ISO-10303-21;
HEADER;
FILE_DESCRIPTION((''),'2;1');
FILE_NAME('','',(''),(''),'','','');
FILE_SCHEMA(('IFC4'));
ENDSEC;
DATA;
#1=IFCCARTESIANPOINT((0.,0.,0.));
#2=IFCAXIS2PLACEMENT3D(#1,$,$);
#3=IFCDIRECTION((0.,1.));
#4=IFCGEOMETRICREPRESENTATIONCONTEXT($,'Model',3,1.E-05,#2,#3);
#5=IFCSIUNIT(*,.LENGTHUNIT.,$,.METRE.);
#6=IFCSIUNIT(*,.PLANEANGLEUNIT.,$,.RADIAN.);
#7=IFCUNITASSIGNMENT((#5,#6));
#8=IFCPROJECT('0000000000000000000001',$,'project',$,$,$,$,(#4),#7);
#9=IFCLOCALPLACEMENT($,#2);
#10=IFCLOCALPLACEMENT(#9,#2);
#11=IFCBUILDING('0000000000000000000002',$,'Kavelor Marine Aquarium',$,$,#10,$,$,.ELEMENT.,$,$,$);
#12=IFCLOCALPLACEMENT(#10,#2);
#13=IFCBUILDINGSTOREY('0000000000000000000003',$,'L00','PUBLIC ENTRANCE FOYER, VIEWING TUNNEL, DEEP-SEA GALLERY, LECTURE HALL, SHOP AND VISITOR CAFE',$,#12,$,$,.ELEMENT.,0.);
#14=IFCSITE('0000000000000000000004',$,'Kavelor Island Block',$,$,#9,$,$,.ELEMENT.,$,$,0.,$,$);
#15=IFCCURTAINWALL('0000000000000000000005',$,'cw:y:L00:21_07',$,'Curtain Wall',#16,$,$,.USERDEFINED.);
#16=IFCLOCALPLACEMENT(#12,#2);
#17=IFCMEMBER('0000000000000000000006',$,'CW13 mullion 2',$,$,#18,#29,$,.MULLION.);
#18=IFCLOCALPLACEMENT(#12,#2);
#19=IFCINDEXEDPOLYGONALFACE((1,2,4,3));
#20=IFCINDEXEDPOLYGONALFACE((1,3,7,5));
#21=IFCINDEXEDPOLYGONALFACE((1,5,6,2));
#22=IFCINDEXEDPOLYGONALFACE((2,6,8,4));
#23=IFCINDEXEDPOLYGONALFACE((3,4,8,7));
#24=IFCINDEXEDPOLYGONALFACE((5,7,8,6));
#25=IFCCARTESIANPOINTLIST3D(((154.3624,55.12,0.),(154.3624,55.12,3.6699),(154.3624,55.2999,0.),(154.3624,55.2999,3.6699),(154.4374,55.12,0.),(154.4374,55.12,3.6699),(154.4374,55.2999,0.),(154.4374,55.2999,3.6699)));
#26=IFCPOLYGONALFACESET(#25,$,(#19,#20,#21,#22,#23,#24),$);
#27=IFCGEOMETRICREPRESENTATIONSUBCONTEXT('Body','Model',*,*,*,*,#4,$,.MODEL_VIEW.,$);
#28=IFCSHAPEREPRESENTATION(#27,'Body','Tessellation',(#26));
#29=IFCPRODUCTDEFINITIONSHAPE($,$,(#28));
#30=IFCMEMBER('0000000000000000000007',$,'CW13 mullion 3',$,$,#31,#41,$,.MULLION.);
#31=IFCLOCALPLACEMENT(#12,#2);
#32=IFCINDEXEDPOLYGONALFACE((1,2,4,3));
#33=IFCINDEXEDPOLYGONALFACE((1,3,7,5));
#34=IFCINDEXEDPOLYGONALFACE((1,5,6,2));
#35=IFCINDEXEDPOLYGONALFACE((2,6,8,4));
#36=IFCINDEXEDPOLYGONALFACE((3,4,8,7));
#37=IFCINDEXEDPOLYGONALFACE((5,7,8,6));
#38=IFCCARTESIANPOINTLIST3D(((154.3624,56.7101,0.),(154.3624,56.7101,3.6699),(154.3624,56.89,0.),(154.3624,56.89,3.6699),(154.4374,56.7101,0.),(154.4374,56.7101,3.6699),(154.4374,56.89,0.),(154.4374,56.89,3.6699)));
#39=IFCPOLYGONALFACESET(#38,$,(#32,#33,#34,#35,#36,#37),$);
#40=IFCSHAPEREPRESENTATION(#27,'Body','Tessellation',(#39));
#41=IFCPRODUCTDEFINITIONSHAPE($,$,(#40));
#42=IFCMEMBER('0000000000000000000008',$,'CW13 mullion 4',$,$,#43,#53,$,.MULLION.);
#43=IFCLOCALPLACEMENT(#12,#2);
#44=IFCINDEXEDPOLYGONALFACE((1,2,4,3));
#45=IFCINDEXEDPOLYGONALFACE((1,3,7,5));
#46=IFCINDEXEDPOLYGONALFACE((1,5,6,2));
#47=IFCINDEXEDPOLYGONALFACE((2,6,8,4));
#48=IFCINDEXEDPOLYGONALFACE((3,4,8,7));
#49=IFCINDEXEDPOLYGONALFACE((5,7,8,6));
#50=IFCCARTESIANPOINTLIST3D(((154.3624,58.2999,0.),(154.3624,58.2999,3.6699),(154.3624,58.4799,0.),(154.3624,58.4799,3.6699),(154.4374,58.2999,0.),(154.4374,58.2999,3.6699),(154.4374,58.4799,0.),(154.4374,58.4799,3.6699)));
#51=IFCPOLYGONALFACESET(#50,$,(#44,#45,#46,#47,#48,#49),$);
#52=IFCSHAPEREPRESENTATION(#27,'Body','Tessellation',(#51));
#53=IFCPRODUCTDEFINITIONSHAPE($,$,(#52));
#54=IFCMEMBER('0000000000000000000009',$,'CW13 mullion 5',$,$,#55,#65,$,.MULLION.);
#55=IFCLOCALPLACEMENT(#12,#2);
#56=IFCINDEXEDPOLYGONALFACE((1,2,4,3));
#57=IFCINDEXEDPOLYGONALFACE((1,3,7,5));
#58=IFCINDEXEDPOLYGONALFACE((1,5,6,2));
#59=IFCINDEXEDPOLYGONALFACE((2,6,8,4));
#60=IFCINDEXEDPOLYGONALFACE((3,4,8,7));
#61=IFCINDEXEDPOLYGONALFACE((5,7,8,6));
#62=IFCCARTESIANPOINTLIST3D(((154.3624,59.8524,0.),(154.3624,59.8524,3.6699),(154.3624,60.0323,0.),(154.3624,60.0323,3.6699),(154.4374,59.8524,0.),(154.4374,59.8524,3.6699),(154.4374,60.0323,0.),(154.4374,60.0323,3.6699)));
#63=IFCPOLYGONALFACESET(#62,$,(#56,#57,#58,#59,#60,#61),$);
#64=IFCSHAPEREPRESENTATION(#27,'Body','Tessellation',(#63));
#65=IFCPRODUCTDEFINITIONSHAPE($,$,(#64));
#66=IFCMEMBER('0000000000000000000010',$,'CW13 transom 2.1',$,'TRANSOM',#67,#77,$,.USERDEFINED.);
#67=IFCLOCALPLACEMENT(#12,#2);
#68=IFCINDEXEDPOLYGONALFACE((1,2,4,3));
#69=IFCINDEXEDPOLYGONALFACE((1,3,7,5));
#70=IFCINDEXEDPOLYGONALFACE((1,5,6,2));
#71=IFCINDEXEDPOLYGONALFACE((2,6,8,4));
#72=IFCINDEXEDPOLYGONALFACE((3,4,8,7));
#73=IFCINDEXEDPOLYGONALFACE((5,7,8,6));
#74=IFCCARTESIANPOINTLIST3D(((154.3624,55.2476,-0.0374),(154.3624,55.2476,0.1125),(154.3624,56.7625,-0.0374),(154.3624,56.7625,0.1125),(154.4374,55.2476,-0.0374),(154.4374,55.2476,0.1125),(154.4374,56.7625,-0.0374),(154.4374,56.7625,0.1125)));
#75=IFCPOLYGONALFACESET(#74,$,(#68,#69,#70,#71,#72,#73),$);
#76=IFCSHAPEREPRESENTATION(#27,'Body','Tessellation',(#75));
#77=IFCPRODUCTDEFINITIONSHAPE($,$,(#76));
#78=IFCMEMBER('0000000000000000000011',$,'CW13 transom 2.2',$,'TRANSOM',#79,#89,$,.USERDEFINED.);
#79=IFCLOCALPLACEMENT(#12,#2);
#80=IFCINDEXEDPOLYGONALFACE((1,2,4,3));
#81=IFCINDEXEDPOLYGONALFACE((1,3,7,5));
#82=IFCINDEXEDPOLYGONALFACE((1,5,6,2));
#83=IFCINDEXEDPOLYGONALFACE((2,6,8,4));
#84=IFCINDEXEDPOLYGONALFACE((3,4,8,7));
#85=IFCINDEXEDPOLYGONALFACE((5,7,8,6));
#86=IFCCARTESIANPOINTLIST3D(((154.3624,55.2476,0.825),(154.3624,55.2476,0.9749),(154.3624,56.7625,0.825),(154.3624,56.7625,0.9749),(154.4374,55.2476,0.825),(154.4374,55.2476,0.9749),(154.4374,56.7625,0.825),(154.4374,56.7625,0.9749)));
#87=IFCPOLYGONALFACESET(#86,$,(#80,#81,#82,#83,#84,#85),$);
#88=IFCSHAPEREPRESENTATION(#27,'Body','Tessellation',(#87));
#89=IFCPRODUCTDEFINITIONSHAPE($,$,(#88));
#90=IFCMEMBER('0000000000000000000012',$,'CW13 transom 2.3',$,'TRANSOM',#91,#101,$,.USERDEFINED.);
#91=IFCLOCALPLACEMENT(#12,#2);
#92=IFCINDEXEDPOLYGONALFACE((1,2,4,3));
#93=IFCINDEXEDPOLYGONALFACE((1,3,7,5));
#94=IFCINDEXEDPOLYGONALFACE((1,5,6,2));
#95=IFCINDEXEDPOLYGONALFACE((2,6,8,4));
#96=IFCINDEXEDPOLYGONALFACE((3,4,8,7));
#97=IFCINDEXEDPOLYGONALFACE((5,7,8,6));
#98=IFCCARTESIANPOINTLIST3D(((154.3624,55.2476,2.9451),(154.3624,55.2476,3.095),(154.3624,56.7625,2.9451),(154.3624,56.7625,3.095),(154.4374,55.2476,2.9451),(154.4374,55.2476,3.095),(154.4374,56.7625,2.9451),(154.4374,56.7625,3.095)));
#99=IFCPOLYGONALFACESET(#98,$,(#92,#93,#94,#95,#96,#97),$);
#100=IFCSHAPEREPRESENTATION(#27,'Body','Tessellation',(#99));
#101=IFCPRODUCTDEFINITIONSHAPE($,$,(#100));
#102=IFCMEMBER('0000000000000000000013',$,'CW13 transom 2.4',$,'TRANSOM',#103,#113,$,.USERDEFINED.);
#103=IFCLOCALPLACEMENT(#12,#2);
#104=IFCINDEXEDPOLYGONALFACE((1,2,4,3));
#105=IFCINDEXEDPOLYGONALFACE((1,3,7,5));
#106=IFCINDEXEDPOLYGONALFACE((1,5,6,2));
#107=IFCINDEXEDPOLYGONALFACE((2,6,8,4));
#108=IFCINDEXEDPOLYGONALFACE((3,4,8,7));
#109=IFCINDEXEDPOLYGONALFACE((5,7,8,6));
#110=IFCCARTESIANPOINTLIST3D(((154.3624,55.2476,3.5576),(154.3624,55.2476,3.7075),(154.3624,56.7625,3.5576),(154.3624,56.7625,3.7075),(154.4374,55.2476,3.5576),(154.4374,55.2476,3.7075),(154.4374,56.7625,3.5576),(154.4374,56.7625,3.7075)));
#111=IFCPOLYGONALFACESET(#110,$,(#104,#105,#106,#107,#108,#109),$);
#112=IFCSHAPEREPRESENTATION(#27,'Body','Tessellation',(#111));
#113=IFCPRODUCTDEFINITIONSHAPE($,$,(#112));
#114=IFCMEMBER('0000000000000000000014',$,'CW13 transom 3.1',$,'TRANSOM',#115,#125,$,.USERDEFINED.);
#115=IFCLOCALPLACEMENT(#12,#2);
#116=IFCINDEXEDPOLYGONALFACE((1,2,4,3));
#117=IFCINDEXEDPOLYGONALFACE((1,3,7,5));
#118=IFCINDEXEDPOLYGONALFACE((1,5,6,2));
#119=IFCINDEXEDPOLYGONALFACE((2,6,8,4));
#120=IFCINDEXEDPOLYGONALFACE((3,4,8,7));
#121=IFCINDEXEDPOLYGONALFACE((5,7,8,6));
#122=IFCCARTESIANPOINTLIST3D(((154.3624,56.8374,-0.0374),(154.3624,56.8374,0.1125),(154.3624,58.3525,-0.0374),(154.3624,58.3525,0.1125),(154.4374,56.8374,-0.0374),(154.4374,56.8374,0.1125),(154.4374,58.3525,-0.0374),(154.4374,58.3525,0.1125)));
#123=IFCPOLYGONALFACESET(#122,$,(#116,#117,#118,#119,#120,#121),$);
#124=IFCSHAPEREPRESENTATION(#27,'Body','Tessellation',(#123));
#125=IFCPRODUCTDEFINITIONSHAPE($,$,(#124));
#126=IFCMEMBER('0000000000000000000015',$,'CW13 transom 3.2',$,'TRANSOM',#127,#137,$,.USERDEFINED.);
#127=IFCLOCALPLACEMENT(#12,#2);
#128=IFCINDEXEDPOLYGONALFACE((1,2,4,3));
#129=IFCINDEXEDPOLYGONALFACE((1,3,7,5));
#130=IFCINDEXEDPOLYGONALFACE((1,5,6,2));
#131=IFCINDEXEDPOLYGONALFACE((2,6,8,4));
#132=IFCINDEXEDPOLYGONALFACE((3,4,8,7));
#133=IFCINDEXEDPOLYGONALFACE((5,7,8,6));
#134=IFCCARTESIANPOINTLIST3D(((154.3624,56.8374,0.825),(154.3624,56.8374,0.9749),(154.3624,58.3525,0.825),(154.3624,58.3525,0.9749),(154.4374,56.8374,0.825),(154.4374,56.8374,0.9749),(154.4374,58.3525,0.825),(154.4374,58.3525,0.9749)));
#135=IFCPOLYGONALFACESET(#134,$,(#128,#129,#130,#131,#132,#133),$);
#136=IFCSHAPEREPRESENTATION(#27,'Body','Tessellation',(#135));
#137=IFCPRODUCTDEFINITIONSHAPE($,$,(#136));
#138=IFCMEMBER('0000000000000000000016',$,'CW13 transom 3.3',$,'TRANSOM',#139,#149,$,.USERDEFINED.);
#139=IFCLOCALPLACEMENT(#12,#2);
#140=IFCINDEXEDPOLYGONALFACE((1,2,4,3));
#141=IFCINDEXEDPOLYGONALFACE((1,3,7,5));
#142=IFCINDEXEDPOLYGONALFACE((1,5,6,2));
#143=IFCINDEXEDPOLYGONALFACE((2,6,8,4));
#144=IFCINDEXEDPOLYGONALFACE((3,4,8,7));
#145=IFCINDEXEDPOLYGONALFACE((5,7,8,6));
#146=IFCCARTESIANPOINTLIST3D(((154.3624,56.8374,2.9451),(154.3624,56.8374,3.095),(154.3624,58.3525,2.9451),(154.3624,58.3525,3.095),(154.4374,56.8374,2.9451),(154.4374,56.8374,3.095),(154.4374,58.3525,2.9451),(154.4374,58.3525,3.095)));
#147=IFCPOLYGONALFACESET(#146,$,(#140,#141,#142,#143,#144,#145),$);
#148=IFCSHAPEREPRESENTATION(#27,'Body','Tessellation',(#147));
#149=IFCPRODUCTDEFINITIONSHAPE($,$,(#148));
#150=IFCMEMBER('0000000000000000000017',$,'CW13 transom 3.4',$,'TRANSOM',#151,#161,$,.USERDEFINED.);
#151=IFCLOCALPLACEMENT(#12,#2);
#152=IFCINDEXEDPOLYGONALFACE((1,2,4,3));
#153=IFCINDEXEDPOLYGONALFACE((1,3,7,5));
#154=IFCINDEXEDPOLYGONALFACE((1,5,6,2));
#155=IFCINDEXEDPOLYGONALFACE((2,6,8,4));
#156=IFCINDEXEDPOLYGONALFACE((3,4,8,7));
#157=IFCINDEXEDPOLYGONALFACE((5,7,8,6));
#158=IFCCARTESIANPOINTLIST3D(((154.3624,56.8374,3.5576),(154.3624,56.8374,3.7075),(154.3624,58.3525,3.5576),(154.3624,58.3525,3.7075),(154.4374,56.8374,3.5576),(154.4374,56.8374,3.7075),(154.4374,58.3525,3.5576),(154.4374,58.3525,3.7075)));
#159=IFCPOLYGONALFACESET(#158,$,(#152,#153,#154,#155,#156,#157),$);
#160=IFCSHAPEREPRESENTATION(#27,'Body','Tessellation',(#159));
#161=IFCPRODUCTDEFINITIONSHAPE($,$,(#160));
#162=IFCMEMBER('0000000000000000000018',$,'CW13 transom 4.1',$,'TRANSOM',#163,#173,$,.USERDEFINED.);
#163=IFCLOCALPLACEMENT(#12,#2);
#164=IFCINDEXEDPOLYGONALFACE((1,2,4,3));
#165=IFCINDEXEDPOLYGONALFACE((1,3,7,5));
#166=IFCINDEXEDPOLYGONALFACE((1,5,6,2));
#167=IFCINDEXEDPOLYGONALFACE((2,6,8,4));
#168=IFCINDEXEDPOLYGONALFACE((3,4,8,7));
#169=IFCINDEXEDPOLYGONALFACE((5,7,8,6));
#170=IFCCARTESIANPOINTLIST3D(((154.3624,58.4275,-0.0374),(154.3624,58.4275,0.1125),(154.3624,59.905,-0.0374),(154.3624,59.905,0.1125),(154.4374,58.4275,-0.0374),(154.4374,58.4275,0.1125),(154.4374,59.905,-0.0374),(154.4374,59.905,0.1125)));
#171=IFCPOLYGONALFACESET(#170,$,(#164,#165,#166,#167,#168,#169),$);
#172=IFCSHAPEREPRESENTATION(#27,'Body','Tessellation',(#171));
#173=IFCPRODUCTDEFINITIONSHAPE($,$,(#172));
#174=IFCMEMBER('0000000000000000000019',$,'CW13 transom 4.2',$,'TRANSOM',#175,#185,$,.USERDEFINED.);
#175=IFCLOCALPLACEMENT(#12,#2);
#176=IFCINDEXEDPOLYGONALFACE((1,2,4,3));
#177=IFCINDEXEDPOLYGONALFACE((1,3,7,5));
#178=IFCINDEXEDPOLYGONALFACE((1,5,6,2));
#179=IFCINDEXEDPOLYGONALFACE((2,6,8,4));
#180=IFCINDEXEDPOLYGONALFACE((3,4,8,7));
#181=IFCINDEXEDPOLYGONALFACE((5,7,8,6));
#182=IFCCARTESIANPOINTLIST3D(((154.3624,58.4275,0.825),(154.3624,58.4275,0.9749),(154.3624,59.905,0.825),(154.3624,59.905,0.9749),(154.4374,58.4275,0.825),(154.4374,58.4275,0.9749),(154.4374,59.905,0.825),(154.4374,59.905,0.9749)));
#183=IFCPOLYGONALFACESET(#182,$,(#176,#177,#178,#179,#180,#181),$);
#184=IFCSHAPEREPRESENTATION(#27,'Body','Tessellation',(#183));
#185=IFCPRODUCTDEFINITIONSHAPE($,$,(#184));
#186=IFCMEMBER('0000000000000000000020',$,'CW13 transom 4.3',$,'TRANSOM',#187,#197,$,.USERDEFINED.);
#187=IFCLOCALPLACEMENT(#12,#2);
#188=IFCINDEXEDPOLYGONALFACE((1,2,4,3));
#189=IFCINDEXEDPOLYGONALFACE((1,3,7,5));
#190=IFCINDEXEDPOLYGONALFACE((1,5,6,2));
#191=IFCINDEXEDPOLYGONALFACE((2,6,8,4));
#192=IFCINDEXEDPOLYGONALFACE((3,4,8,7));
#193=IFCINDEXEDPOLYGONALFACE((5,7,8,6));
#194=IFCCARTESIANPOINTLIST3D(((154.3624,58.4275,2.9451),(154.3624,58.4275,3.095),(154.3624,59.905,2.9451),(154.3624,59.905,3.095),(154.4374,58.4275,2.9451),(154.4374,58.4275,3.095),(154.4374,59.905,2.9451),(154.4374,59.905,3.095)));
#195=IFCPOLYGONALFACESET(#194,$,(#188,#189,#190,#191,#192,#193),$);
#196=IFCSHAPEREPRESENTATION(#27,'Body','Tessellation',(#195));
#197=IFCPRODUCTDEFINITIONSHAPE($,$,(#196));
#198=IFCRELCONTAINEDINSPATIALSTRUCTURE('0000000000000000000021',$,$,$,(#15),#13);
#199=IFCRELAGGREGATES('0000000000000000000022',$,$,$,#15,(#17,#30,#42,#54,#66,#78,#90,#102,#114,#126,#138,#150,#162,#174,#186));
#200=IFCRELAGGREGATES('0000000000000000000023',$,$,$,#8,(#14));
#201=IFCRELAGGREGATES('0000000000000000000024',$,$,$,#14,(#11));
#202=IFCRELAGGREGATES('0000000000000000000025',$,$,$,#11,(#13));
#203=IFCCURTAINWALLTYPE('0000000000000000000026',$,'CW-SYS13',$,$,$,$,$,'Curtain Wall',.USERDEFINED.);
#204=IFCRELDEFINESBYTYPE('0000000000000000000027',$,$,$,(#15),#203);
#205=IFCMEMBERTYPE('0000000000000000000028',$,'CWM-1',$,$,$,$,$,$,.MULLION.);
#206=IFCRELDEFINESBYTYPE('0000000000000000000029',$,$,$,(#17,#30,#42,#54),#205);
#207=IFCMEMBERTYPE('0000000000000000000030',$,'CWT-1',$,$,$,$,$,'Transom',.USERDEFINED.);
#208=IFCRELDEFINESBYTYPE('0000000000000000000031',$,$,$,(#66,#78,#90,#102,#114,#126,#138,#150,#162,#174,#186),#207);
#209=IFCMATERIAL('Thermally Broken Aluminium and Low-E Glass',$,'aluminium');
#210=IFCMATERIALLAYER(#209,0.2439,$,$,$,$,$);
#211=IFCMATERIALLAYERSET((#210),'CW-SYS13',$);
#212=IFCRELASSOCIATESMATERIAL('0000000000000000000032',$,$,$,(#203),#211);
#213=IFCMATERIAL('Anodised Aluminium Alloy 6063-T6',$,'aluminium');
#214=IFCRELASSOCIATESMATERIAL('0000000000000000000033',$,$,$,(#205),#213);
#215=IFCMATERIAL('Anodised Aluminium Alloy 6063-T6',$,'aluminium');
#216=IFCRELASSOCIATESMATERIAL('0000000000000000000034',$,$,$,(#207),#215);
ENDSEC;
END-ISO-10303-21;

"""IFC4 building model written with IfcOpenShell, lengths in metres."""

from ifc_helpers import new_model, si_unit, direction, frame, origin, origin_2d, place, context, subcontext, project, spatial, rectangle, extrude, material, layer, layer_set, material_profile, profile_set, type_object, element, aggregate, save


model = new_model("IFC4")

# Units and contexts
model_context = context("Model", 3, precision=1e-05, world=origin(), true_north=direction((0.0, 1.0)))
body_context = subcontext(model_context, "Body", "Model", "MODEL_VIEW")
ifc_project = project(units=[si_unit("LENGTHUNIT", "METRE"), si_unit("PLANEANGLEUNIT", "RADIAN")], contexts=[model_context])

# Site, building, storey
site_placement = place(None, origin())
site = spatial("IfcSite", under=ifc_project, at=site_placement, Name="Kavelor Island Block", CompositionType="ELEMENT", RefElevation=0.0)
building_placement = place(site_placement, origin())
building = spatial("IfcBuilding", under=site, at=building_placement, Name="Kavelor Marine Aquarium", CompositionType="ELEMENT")
storey_placement = place(building_placement, origin())
storey = spatial("IfcBuildingStorey", under=building, at=storey_placement, Name="L00", Description="PUBLIC ENTRANCE FOYER, VIEWING TUNNEL, DEEP-SEA GALLERY, LECTURE HALL, SHOP AND VISITOR CAFE", CompositionType="ELEMENT", Elevation=0.0)

# Curtain wall, members
ifc_material_1 = material(Name="Thermally Broken Aluminium and Low-E Glass", Category="aluminium")
ifc_layer_1 = layer(ifc_material_1, 0.2439)
ifc_layer_set_1 = layer_set([ifc_layer_1], Name="CW-SYS13")
curtain_wall_type = type_object("IfcCurtainWallType", Name="CW-SYS13", ElementType="Curtain Wall", PredefinedType="USERDEFINED", material=ifc_layer_set_1)
curtain_wall_placement = place(storey_placement, origin())
curtain_wall = element("IfcCurtainWall", 1, at=curtain_wall_placement, inside=storey, type_object=curtain_wall_type, Name="cw:y:L00:21_07", ObjectType="Curtain Wall", PredefinedType="USERDEFINED")
ifc_material_2 = material(Name="Anodised Aluminium Alloy 6063-T6", Category="aluminium")
ifc_material_profile_1 = material_profile(ifc_material_2, rectangle(XDim=0.075, YDim=0.1799, at=origin_2d()), Name="CW-MUL 75x180")
ifc_profile_set_1 = profile_set([ifc_material_profile_1], Name="Anodised Aluminium Alloy 6063-T6")
member_type_1 = type_object("IfcMemberType", Name="CWM-1", PredefinedType="MULLION", material=ifc_profile_set_1)
member_1_placement = place(storey_placement, frame((154.3999, 55.21, 0.0), z_axis=(0.0, 0.0, 1.0), x_axis=(-1.0, 0.0, 0.0)))
member_1 = element("IfcMember", 2, at=member_1_placement, type_object=member_type_1, Name="CW13 mullion 2", PredefinedType="MULLION", context=body_context, shape_type="SweptSolid", body=[
    extrude(rectangle(XDim=0.075, YDim=0.1799, at=origin_2d()), origin(), (0.0, 0.0, 1.0), 3.6699),
])
member_2_placement = place(storey_placement, frame((154.3999, 56.8, 0.0), z_axis=(0.0, 0.0, 1.0), x_axis=(-1.0, 0.0, 0.0)))
member_2 = element("IfcMember", 3, at=member_2_placement, type_object=member_type_1, Name="CW13 mullion 3", PredefinedType="MULLION", context=body_context, shape_type="SweptSolid", body=[
    extrude(rectangle(XDim=0.075, YDim=0.1799, at=origin_2d()), origin(), (0.0, 0.0, 1.0), 3.6699),
])
member_3_placement = place(storey_placement, frame((154.3999, 58.3899, 0.0), z_axis=(0.0, 0.0, 1.0), x_axis=(-1.0, 0.0, 0.0)))
member_3 = element("IfcMember", 4, at=member_3_placement, type_object=member_type_1, Name="CW13 mullion 4", PredefinedType="MULLION", context=body_context, shape_type="SweptSolid", body=[
    extrude(rectangle(XDim=0.075, YDim=0.1799, at=origin_2d()), origin(), (0.0, 0.0, 1.0), 3.6699),
])
member_4_placement = place(storey_placement, frame((154.3999, 59.9424, 0.0), z_axis=(0.0, 0.0, 1.0), x_axis=(-1.0, 0.0, 0.0)))
member_4 = element("IfcMember", 5, at=member_4_placement, type_object=member_type_1, Name="CW13 mullion 5", PredefinedType="MULLION", context=body_context, shape_type="SweptSolid", body=[
    extrude(rectangle(XDim=0.075, YDim=0.1799, at=origin_2d()), origin(), (0.0, 0.0, 1.0), 3.6699),
])
ifc_material_3 = material(Name="Anodised Aluminium Alloy 6063-T6", Category="aluminium")
ifc_material_profile_2 = material_profile(ifc_material_3, rectangle(XDim=0.075, YDim=0.1499, at=origin_2d()), Name="CW-TRN 75x150")
ifc_profile_set_2 = profile_set([ifc_material_profile_2], Name="Anodised Aluminium Alloy 6063-T6")
member_type_2 = type_object("IfcMemberType", Name="CWT-1", ElementType="Transom", PredefinedType="USERDEFINED", material=ifc_profile_set_2)
member_5_placement = place(storey_placement, frame((154.3999, 55.2476, 0.0376), z_axis=(0.0, 1.0, 0.0), x_axis=(-1.0, 0.0, 0.0)))
member_5 = element("IfcMember", 6, at=member_5_placement, type_object=member_type_2, Name="CW13 transom 2.1", ObjectType="TRANSOM", PredefinedType="USERDEFINED", context=body_context, shape_type="SweptSolid", body=[
    extrude(rectangle(XDim=0.075, YDim=0.1499, at=origin_2d()), origin(), (0.0, 0.0, 1.0), 1.5149),
])
member_6_placement = place(storey_placement, frame((154.3999, 55.2476, 0.8999), z_axis=(0.0, 1.0, 0.0), x_axis=(-1.0, 0.0, 0.0)))
member_6 = element("IfcMember", 7, at=member_6_placement, type_object=member_type_2, Name="CW13 transom 2.2", ObjectType="TRANSOM", PredefinedType="USERDEFINED", context=body_context, shape_type="SweptSolid", body=[
    extrude(rectangle(XDim=0.075, YDim=0.1499, at=origin_2d()), origin(), (0.0, 0.0, 1.0), 1.5149),
])
member_7_placement = place(storey_placement, frame((154.3999, 55.2476, 3.02), z_axis=(0.0, 1.0, 0.0), x_axis=(-1.0, 0.0, 0.0)))
member_7 = element("IfcMember", 8, at=member_7_placement, type_object=member_type_2, Name="CW13 transom 2.3", ObjectType="TRANSOM", PredefinedType="USERDEFINED", context=body_context, shape_type="SweptSolid", body=[
    extrude(rectangle(XDim=0.075, YDim=0.1499, at=origin_2d()), origin(), (0.0, 0.0, 1.0), 1.5149),
])
member_8_placement = place(storey_placement, frame((154.3999, 55.2476, 3.6326), z_axis=(0.0, 1.0, 0.0), x_axis=(-1.0, 0.0, 0.0)))
member_8 = element("IfcMember", 9, at=member_8_placement, type_object=member_type_2, Name="CW13 transom 2.4", ObjectType="TRANSOM", PredefinedType="USERDEFINED", context=body_context, shape_type="SweptSolid", body=[
    extrude(rectangle(XDim=0.075, YDim=0.1499, at=origin_2d()), origin(), (0.0, 0.0, 1.0), 1.5149),
])
member_9_placement = place(storey_placement, frame((154.3999, 56.8374, 0.0376), z_axis=(0.0, 1.0, 0.0), x_axis=(-1.0, 0.0, 0.0)))
member_9 = element("IfcMember", 10, at=member_9_placement, type_object=member_type_2, Name="CW13 transom 3.1", ObjectType="TRANSOM", PredefinedType="USERDEFINED", context=body_context, shape_type="SweptSolid", body=[
    extrude(rectangle(XDim=0.075, YDim=0.1499, at=origin_2d()), origin(), (0.0, 0.0, 1.0), 1.5151),
])
member_10_placement = place(storey_placement, frame((154.3999, 56.8374, 0.8999), z_axis=(0.0, 1.0, 0.0), x_axis=(-1.0, 0.0, 0.0)))
member_10 = element("IfcMember", 11, at=member_10_placement, type_object=member_type_2, Name="CW13 transom 3.2", ObjectType="TRANSOM", PredefinedType="USERDEFINED", context=body_context, shape_type="SweptSolid", body=[
    extrude(rectangle(XDim=0.075, YDim=0.1499, at=origin_2d()), origin(), (0.0, 0.0, 1.0), 1.5151),
])
member_11_placement = place(storey_placement, frame((154.3999, 56.8374, 3.02), z_axis=(0.0, 1.0, 0.0), x_axis=(-1.0, 0.0, 0.0)))
member_11 = element("IfcMember", 12, at=member_11_placement, type_object=member_type_2, Name="CW13 transom 3.3", ObjectType="TRANSOM", PredefinedType="USERDEFINED", context=body_context, shape_type="SweptSolid", body=[
    extrude(rectangle(XDim=0.075, YDim=0.1499, at=origin_2d()), origin(), (0.0, 0.0, 1.0), 1.5151),
])
member_12_placement = place(storey_placement, frame((154.3999, 56.8374, 3.6326), z_axis=(0.0, 1.0, 0.0), x_axis=(-1.0, 0.0, 0.0)))
member_12 = element("IfcMember", 13, at=member_12_placement, type_object=member_type_2, Name="CW13 transom 3.4", ObjectType="TRANSOM", PredefinedType="USERDEFINED", context=body_context, shape_type="SweptSolid", body=[
    extrude(rectangle(XDim=0.075, YDim=0.1499, at=origin_2d()), origin(), (0.0, 0.0, 1.0), 1.5151),
])
member_13_placement = place(storey_placement, frame((154.3999, 58.4275, 0.0376), z_axis=(0.0, 1.0, 0.0), x_axis=(-1.0, 0.0, 0.0)))
member_13 = element("IfcMember", 14, at=member_13_placement, type_object=member_type_2, Name="CW13 transom 4.1", ObjectType="TRANSOM", PredefinedType="USERDEFINED", context=body_context, shape_type="SweptSolid", body=[
    extrude(rectangle(XDim=0.075, YDim=0.1499, at=origin_2d()), origin(), (0.0, 0.0, 1.0), 1.4775),
])
member_14_placement = place(storey_placement, frame((154.3999, 58.4275, 0.8999), z_axis=(0.0, 1.0, 0.0), x_axis=(-1.0, 0.0, 0.0)))
member_14 = element("IfcMember", 15, at=member_14_placement, type_object=member_type_2, Name="CW13 transom 4.2", ObjectType="TRANSOM", PredefinedType="USERDEFINED", context=body_context, shape_type="SweptSolid", body=[
    extrude(rectangle(XDim=0.075, YDim=0.1499, at=origin_2d()), origin(), (0.0, 0.0, 1.0), 1.4775),
])
member_15_placement = place(storey_placement, frame((154.3999, 58.4275, 3.02), z_axis=(0.0, 1.0, 0.0), x_axis=(-1.0, 0.0, 0.0)))
member_15 = element("IfcMember", 16, at=member_15_placement, type_object=member_type_2, Name="CW13 transom 4.3", ObjectType="TRANSOM", PredefinedType="USERDEFINED", context=body_context, shape_type="SweptSolid", body=[
    extrude(rectangle(XDim=0.075, YDim=0.1499, at=origin_2d()), origin(), (0.0, 0.0, 1.0), 1.4775),
])
aggregate(curtain_wall, [member_1, member_2, member_3, member_4, member_5, member_6, member_7, member_8, member_9, member_10, member_11, member_12, member_13, member_14, member_15])

save(model, "model.ifc")
